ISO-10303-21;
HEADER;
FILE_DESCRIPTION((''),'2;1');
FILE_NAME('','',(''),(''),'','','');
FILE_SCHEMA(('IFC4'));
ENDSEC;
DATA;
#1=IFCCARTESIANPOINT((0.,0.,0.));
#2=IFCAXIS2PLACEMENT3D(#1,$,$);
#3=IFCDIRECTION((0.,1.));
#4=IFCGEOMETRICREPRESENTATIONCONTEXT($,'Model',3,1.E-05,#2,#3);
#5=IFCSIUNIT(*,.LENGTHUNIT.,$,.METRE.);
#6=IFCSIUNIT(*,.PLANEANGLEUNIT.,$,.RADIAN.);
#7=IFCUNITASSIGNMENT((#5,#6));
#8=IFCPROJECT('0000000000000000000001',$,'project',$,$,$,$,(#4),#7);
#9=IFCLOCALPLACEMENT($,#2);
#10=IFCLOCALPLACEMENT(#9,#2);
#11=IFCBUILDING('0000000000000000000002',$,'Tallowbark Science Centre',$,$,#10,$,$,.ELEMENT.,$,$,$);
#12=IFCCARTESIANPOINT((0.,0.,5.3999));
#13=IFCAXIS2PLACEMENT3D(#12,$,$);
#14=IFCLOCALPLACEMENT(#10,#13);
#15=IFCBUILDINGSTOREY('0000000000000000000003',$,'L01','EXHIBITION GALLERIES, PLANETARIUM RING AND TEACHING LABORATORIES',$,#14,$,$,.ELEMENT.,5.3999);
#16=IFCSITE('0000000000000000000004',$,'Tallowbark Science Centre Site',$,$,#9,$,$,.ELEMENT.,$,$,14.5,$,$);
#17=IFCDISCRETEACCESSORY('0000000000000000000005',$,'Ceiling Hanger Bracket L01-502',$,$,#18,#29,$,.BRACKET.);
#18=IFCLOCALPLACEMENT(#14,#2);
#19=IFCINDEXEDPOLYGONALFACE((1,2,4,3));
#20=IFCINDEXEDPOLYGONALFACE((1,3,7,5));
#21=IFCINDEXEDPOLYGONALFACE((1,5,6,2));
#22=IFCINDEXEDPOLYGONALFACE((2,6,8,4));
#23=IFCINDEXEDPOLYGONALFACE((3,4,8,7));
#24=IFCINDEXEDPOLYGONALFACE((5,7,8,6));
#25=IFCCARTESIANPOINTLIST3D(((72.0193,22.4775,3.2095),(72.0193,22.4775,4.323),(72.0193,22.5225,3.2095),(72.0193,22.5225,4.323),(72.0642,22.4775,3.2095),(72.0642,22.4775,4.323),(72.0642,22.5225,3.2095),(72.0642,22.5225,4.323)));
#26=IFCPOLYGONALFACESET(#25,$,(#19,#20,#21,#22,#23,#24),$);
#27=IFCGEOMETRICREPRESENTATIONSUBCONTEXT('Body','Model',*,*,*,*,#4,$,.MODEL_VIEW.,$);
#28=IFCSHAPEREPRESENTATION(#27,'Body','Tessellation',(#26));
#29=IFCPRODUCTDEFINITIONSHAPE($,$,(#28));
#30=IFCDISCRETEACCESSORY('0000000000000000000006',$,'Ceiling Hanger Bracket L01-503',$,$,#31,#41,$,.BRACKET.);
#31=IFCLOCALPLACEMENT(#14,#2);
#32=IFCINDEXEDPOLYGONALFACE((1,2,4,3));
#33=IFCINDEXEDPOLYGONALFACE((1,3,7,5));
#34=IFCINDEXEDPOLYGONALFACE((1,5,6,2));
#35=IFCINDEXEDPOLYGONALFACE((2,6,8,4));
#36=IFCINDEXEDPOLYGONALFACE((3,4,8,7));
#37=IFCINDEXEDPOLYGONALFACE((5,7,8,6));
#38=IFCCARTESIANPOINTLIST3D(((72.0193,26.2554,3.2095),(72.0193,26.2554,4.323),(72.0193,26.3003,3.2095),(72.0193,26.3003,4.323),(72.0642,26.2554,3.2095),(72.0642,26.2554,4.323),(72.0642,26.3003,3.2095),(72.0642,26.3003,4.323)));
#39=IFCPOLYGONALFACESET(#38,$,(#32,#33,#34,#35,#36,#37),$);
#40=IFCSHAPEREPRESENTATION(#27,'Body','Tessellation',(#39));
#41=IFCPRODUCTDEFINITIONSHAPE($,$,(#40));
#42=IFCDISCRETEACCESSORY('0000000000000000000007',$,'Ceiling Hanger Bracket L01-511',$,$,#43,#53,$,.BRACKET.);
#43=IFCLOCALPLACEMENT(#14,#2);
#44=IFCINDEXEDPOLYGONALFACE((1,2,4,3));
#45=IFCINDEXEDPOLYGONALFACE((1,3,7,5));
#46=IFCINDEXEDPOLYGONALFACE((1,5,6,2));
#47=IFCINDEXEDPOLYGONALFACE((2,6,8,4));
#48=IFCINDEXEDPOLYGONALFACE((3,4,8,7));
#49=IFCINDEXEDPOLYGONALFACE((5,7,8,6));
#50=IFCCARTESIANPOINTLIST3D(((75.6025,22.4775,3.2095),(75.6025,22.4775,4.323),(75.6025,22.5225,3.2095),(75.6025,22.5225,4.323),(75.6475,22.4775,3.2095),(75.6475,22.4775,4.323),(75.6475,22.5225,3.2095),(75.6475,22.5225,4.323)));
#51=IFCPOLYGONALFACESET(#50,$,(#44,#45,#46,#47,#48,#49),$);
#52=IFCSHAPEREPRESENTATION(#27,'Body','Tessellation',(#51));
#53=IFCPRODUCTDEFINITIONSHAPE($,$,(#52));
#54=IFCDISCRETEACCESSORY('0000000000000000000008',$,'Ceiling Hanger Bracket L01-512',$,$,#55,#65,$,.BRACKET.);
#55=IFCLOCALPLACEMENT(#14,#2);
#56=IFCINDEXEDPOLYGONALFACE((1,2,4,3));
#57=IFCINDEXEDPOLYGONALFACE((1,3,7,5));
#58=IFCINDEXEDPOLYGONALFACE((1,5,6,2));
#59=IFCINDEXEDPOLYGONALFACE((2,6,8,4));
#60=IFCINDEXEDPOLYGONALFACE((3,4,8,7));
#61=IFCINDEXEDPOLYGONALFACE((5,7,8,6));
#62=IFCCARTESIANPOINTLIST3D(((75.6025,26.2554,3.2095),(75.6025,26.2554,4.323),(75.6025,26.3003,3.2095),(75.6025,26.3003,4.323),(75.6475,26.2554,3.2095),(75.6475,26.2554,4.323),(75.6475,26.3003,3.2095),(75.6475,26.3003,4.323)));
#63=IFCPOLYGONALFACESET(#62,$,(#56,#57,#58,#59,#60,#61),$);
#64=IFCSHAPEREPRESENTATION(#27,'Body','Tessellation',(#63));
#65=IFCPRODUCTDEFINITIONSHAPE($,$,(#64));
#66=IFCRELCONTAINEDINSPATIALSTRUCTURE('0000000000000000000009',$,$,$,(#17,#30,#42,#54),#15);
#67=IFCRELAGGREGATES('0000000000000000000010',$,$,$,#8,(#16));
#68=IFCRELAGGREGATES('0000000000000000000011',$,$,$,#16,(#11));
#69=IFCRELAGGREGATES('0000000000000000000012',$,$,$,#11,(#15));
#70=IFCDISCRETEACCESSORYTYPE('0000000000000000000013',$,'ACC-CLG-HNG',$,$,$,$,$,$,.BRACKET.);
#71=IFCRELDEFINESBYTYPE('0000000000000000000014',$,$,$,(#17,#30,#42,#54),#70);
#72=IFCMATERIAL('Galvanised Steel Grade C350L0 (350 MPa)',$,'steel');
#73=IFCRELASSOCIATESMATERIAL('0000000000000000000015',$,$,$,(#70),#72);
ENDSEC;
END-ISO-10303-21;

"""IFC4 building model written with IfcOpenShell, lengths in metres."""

from ifc_helpers import new_model, si_unit, direction, frame, origin, origin_2d, place, context, subcontext, project, spatial, rectangle, extrude, material, type_object, element, save


model = new_model("IFC4")

# Units and contexts
model_context = context("Model", 3, precision=1e-05, world=origin(), true_north=direction((0.0, 1.0)))
body_context = subcontext(model_context, "Body", "Model", "MODEL_VIEW")
ifc_project = project(units=[si_unit("LENGTHUNIT", "METRE"), si_unit("PLANEANGLEUNIT", "RADIAN")], contexts=[model_context])

# Site, building, storey
site_placement = place(None, origin())
site = spatial("IfcSite", under=ifc_project, at=site_placement, Name="Tallowbark Science Centre Site", CompositionType="ELEMENT", RefElevation=14.5)
building_placement = place(site_placement, origin())
building = spatial("IfcBuilding", under=site, at=building_placement, Name="Tallowbark Science Centre", CompositionType="ELEMENT")
storey_placement = place(building_placement, frame((0.0, 0.0, 5.3999)))
storey = spatial("IfcBuildingStorey", under=building, at=storey_placement, Name="L01", Description="EXHIBITION GALLERIES, PLANETARIUM RING AND TEACHING LABORATORIES", CompositionType="ELEMENT", Elevation=5.3999)

# Discrete accessories
ifc_material_1 = material(Name="Galvanised Steel Grade C350L0 (350 MPa)", Category="steel")
discrete_accessory_type = type_object("IfcDiscreteAccessoryType", Name="ACC-CLG-HNG", PredefinedType="BRACKET", material=ifc_material_1)
for number, where, z_axis, x_axis, name in (
    (1, (72.0417, 22.5, 3.2095), (0.0, 0.0, 1.0), (1.0, 0.0, 0.0), "Ceiling Hanger Bracket L01-502"),
    (2, (72.0417, 26.2778, 3.2095), (0.0, 0.0, 1.0), (1.0, 0.0, 0.0), "Ceiling Hanger Bracket L01-503"),
    (3, (75.625, 22.5, 3.2095), (0.0, 0.0, 1.0), (1.0, 0.0, 0.0), "Ceiling Hanger Bracket L01-511"),
    (4, (75.625, 26.2778, 3.2095), (0.0, 0.0, 1.0), (1.0, 0.0, 0.0), "Ceiling Hanger Bracket L01-512"),
):
    element("IfcDiscreteAccessory", number, at=place(storey_placement, frame(where, z_axis=z_axis, x_axis=x_axis)), inside=storey, type_object=discrete_accessory_type, Name=name, PredefinedType="BRACKET", context=body_context, shape_type="SweptSolid", body=[
        extrude(rectangle(XDim=0.0449, YDim=0.0449, at=origin_2d()), origin(), (0.0, 0.0, 1.0), 1.1135),
    ])

save(model, "model.ifc")
